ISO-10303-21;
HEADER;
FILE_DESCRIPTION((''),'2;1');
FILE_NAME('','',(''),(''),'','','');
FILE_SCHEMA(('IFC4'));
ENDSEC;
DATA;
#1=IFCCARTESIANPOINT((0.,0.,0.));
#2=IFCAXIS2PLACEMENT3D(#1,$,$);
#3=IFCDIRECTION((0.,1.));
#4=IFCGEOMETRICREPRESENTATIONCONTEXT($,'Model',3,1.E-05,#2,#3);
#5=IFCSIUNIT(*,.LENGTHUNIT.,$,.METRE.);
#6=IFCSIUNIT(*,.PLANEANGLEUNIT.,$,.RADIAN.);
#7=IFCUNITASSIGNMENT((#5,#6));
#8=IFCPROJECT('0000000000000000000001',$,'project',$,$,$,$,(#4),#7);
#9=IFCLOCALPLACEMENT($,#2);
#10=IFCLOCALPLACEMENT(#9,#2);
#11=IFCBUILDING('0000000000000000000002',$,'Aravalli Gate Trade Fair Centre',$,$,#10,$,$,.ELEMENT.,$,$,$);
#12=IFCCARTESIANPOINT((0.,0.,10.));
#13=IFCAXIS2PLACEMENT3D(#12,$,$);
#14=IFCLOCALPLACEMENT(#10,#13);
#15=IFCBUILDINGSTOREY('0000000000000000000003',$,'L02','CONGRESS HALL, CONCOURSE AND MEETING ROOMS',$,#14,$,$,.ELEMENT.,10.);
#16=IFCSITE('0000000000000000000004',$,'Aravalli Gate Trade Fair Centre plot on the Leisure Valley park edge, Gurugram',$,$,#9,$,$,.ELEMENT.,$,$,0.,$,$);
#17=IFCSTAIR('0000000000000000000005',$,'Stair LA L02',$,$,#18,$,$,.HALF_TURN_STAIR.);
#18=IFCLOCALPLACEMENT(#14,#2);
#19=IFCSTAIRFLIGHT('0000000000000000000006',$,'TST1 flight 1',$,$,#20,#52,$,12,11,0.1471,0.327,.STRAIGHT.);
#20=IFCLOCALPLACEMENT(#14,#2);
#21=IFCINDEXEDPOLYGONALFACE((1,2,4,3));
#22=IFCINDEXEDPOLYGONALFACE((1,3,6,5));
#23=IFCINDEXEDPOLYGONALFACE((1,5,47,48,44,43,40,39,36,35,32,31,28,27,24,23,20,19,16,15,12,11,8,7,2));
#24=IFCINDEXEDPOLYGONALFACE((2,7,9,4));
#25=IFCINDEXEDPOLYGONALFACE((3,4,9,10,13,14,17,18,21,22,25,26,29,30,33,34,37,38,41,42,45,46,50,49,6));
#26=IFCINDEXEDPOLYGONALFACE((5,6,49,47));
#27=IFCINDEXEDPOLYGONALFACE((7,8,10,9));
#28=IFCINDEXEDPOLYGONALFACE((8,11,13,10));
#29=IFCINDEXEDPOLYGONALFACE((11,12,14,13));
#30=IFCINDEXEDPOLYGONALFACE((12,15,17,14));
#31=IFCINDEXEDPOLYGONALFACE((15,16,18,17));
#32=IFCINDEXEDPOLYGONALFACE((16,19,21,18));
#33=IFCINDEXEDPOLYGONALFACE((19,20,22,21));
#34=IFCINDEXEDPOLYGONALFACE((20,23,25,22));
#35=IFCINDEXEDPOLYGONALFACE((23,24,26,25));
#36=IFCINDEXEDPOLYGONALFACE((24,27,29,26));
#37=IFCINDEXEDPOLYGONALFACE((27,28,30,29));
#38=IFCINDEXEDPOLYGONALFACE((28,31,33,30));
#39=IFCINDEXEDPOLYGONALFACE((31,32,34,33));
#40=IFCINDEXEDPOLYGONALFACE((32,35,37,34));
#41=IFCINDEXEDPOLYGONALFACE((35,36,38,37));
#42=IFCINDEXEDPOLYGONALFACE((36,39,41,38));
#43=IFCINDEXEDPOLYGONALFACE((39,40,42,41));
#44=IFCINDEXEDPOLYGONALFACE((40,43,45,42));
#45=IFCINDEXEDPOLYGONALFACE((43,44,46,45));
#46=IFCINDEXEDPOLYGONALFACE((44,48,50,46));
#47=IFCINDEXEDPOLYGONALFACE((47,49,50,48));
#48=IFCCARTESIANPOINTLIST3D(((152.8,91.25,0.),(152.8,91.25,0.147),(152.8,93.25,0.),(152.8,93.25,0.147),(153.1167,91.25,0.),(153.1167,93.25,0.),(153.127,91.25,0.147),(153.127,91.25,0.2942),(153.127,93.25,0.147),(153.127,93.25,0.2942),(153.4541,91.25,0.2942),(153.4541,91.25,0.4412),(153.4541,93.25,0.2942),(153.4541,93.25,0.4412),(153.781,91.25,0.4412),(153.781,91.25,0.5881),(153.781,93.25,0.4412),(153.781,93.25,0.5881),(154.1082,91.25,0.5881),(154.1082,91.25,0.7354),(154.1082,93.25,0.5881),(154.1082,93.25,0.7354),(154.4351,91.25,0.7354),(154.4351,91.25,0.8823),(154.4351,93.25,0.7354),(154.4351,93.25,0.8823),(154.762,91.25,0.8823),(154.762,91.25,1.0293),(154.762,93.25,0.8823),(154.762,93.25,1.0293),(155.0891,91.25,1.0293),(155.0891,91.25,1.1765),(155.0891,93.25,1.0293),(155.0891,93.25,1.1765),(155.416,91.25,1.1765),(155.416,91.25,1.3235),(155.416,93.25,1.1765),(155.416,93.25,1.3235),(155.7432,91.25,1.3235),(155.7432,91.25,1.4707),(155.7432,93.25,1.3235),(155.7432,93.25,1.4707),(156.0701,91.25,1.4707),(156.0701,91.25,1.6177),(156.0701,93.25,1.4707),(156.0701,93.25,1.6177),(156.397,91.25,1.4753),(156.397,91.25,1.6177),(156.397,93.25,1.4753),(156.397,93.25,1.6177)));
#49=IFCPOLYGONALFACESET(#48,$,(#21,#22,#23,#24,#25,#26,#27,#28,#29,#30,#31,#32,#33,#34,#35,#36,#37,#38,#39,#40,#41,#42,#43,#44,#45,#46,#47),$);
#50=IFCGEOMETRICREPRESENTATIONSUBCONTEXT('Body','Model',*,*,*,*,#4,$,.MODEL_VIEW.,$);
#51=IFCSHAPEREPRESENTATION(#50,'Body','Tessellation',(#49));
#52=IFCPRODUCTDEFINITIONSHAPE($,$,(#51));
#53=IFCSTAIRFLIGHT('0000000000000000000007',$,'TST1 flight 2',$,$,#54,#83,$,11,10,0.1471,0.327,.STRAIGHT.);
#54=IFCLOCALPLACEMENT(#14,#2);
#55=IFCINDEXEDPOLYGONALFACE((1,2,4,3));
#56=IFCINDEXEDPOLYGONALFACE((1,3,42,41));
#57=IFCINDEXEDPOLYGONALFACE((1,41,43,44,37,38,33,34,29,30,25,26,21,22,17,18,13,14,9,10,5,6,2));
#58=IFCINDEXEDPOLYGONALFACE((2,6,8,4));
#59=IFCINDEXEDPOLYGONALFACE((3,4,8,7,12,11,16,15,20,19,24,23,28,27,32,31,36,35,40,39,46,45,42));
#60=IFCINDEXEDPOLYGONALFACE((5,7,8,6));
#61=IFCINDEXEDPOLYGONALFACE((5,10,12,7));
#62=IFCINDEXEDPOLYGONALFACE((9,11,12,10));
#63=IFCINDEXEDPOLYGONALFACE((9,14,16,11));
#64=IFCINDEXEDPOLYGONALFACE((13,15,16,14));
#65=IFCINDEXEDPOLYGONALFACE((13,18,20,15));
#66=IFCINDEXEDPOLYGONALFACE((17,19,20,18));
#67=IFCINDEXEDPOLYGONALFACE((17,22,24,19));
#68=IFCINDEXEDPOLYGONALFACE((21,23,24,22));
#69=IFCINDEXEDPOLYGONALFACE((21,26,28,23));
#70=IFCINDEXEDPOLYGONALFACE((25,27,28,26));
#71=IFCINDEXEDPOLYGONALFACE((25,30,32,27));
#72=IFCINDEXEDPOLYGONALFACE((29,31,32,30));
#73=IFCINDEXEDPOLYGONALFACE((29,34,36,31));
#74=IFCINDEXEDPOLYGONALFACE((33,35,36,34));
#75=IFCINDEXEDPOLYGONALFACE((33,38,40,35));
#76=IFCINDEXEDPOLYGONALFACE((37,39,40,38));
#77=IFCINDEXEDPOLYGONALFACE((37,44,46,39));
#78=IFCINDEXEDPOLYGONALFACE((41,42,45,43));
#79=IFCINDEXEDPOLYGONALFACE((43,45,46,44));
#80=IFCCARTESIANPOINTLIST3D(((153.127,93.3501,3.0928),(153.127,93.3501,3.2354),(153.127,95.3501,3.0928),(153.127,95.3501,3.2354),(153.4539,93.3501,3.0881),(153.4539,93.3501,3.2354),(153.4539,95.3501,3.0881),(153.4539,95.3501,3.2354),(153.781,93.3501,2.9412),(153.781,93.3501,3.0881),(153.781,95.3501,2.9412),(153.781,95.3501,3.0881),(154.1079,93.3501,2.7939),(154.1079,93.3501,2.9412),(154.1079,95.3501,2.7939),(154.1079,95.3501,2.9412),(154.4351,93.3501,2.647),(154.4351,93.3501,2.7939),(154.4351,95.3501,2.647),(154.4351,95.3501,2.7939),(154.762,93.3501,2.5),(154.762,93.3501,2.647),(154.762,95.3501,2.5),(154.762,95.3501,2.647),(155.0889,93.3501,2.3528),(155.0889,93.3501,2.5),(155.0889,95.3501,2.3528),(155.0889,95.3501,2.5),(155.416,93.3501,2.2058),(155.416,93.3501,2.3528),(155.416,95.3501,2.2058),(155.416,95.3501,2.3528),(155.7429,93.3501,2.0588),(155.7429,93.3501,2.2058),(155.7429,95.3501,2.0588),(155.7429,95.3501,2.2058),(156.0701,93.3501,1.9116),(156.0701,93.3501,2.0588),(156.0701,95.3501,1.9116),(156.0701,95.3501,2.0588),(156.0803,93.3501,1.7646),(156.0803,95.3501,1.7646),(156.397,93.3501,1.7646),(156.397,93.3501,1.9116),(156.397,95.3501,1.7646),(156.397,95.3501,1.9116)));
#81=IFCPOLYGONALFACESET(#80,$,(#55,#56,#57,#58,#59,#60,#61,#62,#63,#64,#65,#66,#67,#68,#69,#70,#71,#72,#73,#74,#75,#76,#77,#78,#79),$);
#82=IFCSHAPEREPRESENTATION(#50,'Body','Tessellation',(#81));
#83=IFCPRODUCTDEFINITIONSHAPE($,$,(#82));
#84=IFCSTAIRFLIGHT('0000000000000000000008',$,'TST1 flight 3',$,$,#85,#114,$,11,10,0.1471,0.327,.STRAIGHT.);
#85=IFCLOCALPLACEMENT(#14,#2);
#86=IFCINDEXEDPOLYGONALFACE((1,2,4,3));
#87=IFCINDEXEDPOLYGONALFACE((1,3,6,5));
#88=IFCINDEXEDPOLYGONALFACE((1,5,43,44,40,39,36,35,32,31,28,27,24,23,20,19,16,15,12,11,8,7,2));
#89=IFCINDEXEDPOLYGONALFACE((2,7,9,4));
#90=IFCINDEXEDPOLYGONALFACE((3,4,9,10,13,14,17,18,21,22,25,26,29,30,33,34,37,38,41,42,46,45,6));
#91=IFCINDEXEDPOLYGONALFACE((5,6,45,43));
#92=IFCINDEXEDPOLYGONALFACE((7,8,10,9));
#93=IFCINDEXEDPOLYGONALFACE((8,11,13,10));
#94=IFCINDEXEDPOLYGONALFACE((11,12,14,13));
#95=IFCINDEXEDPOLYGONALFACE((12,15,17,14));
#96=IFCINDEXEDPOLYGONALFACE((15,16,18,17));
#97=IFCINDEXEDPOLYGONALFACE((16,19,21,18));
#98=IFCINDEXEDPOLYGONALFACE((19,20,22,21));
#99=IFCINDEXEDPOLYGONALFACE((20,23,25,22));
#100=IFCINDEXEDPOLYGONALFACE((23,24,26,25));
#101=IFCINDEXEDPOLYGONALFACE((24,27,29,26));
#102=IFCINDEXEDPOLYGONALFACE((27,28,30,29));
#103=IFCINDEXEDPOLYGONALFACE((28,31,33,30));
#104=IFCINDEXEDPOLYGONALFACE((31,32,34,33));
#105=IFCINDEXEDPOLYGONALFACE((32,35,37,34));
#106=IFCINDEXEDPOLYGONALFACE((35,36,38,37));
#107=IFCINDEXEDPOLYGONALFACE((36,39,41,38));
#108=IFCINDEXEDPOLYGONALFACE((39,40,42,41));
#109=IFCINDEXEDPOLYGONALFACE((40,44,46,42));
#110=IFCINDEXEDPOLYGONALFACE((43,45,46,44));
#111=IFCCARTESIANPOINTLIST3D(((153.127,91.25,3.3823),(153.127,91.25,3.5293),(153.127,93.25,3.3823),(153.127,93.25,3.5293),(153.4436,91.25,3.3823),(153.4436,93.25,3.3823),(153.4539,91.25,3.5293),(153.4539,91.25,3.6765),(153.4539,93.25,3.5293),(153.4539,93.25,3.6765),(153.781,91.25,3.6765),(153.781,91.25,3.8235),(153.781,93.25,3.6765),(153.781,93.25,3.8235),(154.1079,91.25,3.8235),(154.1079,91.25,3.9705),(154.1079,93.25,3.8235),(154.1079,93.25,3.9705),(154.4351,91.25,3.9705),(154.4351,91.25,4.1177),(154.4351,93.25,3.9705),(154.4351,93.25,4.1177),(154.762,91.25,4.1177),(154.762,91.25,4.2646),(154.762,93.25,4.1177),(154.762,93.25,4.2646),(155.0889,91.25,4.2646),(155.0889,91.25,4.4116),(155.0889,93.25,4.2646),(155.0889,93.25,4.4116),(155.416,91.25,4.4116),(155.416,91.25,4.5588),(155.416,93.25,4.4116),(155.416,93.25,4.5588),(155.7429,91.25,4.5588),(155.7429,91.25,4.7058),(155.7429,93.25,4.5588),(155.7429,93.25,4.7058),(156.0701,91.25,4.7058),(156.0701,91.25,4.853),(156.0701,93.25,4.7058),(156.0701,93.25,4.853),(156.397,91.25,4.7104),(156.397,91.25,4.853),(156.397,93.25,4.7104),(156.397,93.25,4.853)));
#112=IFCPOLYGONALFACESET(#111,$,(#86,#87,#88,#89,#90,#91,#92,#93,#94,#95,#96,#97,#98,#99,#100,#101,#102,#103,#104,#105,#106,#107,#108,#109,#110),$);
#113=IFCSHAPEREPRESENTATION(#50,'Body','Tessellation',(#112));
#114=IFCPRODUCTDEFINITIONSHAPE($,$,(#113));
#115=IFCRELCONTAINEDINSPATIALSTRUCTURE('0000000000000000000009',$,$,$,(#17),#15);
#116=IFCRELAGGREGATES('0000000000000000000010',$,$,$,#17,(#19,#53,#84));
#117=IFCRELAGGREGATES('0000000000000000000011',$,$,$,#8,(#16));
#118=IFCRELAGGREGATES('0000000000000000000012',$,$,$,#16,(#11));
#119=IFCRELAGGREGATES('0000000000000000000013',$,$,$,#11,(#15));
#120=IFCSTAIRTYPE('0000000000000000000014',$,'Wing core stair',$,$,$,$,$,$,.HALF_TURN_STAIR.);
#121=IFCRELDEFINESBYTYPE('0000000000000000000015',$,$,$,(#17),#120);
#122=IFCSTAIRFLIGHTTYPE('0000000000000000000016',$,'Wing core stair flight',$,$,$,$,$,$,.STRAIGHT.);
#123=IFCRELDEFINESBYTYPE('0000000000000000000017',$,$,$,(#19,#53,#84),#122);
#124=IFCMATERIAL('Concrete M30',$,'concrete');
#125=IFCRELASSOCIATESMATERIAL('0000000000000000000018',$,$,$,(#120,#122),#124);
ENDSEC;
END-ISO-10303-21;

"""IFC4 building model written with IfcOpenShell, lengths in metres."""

from ifc_helpers import new_model, si_unit, direction, frame, origin, place, context, subcontext, project, spatial, polyline, outline, extrude, material, type_object, element, aggregate, save


model = new_model("IFC4")

# Units and contexts
model_context = context("Model", 3, precision=1e-05, world=origin(), true_north=direction((0.0, 1.0)))
body_context = subcontext(model_context, "Body", "Model", "MODEL_VIEW")
ifc_project = project(units=[si_unit("LENGTHUNIT", "METRE"), si_unit("PLANEANGLEUNIT", "RADIAN")], contexts=[model_context])

# Site, building, storey
site_placement = place(None, origin())
site = spatial("IfcSite", under=ifc_project, at=site_placement, Name="Aravalli Gate Trade Fair Centre plot on the Leisure Valley park edge, Gurugram", CompositionType="ELEMENT", RefElevation=0.0)
building_placement = place(site_placement, origin())
building = spatial("IfcBuilding", under=site, at=building_placement, Name="Aravalli Gate Trade Fair Centre", CompositionType="ELEMENT")
storey_placement = place(building_placement, frame((0.0, 0.0, 10.0)))
storey = spatial("IfcBuildingStorey", under=building, at=storey_placement, Name="L02", Description="CONGRESS HALL, CONCOURSE AND MEETING ROOMS", CompositionType="ELEMENT", Elevation=10.0)

# Shared definitions
ifc_material_1 = material(Name="Concrete M30", Category="concrete")

# Stair, stair flights
stair_type = type_object("IfcStairType", Name="Wing core stair", PredefinedType="HALF_TURN_STAIR", material=ifc_material_1)
stair_placement = place(storey_placement, origin())
stair = element("IfcStair", 1, at=stair_placement, inside=storey, type_object=stair_type, Name="Stair LA L02", PredefinedType="HALF_TURN_STAIR")
stair_flight_type = type_object("IfcStairFlightType", Name="Wing core stair flight", PredefinedType="STRAIGHT", material=ifc_material_1)
stair_flight_1_placement = place(storey_placement, frame((152.8, 92.25, 0.0), z_axis=(0.0, 0.0, 1.0), x_axis=(1.0, 0.0, 0.0)))
stair_flight_1 = element("IfcStairFlight", 2, at=stair_flight_1_placement, type_object=stair_flight_type, Name="TST1 flight 1", NumberOfRisers=12, NumberOfTreads=11, PredefinedType="STRAIGHT", RiserHeight=0.1471, TreadLength=0.327, context=body_context, shape_type="SweptSolid", body=[
    extrude(outline(polyline([(0.0, 0.0), (0.0, 0.147), (0.3269, 0.147), (0.3269, 0.2942), (0.6541, 0.2942), (0.6541, 0.4412), (0.981, 0.4412), (0.981, 0.5881), (1.3081, 0.5881), (1.3081, 0.7354), (1.635, 0.7354), (1.635, 0.8823), (1.9619, 0.8823), (1.9619, 1.0293), (2.2891, 1.0293), (2.2891, 1.1765), (2.616, 1.1765), (2.616, 1.3235), (2.9431, 1.3235), (2.9431, 1.4707), (3.27, 1.4707), (3.27, 1.6177), (3.5969, 1.6177), (3.5969, 1.7646), (3.5969, 1.4753), (0.3167, 0.0), (0.0, 0.0)])), frame((0.0, 1.0, 0.0), z_axis=(0.0, -1.0, 0.0), x_axis=(1.0, 0.0, 0.0)), (0.0, 0.0, 1.0), 2.0),
])
stair_flight_2_placement = place(storey_placement, frame((156.397, 94.3501, 1.7646), z_axis=(0.0, 0.0, 1.0), x_axis=(-1.0, 0.0, 0.0)))
stair_flight_2 = element("IfcStairFlight", 3, at=stair_flight_2_placement, type_object=stair_flight_type, Name="TST1 flight 2", NumberOfRisers=11, NumberOfTreads=10, PredefinedType="STRAIGHT", RiserHeight=0.1471, TreadLength=0.327, context=body_context, shape_type="SweptSolid", body=[
    extrude(outline(polyline([(0.0, 0.0), (0.0, 0.147), (0.3269, 0.147), (0.3269, 0.2942), (0.6541, 0.2942), (0.6541, 0.4412), (0.981, 0.4412), (0.981, 0.5881), (1.3081, 0.5881), (1.3081, 0.7354), (1.635, 0.7354), (1.635, 0.8823), (1.9619, 0.8823), (1.9619, 1.0293), (2.2891, 1.0293), (2.2891, 1.1765), (2.616, 1.1765), (2.616, 1.3235), (2.9431, 1.3235), (2.9431, 1.4707), (3.27, 1.4707), (3.27, 1.6177), (3.27, 1.3281), (0.3167, 0.0), (0.0, 0.0)])), frame((0.0, 1.0, 0.0), z_axis=(0.0, -1.0, 0.0), x_axis=(1.0, 0.0, 0.0)), (0.0, 0.0, 1.0), 2.0),
])
stair_flight_3_placement = place(storey_placement, frame((153.127, 92.25, 3.3823), z_axis=(0.0, 0.0, 1.0), x_axis=(1.0, 0.0, 0.0)))
stair_flight_3 = element("IfcStairFlight", 4, at=stair_flight_3_placement, type_object=stair_flight_type, Name="TST1 flight 3", NumberOfRisers=11, NumberOfTreads=10, PredefinedType="STRAIGHT", RiserHeight=0.1471, TreadLength=0.327, context=body_context, shape_type="SweptSolid", body=[
    extrude(outline(polyline([(0.0, 0.0), (0.0, 0.147), (0.3269, 0.147), (0.3269, 0.2942), (0.6541, 0.2942), (0.6541, 0.4412), (0.981, 0.4412), (0.981, 0.5881), (1.3081, 0.5881), (1.3081, 0.7354), (1.635, 0.7354), (1.635, 0.8823), (1.9619, 0.8823), (1.9619, 1.0293), (2.2891, 1.0293), (2.2891, 1.1765), (2.616, 1.1765), (2.616, 1.3235), (2.9431, 1.3235), (2.9431, 1.4707), (3.27, 1.4707), (3.27, 1.6177), (3.27, 1.3281), (0.3167, 0.0), (0.0, 0.0)])), frame((0.0, 1.0, 0.0), z_axis=(0.0, -1.0, 0.0), x_axis=(1.0, 0.0, 0.0)), (0.0, 0.0, 1.0), 2.0),
])
aggregate(stair, [stair_flight_1, stair_flight_2, stair_flight_3])

save(model, "model.ifc")
